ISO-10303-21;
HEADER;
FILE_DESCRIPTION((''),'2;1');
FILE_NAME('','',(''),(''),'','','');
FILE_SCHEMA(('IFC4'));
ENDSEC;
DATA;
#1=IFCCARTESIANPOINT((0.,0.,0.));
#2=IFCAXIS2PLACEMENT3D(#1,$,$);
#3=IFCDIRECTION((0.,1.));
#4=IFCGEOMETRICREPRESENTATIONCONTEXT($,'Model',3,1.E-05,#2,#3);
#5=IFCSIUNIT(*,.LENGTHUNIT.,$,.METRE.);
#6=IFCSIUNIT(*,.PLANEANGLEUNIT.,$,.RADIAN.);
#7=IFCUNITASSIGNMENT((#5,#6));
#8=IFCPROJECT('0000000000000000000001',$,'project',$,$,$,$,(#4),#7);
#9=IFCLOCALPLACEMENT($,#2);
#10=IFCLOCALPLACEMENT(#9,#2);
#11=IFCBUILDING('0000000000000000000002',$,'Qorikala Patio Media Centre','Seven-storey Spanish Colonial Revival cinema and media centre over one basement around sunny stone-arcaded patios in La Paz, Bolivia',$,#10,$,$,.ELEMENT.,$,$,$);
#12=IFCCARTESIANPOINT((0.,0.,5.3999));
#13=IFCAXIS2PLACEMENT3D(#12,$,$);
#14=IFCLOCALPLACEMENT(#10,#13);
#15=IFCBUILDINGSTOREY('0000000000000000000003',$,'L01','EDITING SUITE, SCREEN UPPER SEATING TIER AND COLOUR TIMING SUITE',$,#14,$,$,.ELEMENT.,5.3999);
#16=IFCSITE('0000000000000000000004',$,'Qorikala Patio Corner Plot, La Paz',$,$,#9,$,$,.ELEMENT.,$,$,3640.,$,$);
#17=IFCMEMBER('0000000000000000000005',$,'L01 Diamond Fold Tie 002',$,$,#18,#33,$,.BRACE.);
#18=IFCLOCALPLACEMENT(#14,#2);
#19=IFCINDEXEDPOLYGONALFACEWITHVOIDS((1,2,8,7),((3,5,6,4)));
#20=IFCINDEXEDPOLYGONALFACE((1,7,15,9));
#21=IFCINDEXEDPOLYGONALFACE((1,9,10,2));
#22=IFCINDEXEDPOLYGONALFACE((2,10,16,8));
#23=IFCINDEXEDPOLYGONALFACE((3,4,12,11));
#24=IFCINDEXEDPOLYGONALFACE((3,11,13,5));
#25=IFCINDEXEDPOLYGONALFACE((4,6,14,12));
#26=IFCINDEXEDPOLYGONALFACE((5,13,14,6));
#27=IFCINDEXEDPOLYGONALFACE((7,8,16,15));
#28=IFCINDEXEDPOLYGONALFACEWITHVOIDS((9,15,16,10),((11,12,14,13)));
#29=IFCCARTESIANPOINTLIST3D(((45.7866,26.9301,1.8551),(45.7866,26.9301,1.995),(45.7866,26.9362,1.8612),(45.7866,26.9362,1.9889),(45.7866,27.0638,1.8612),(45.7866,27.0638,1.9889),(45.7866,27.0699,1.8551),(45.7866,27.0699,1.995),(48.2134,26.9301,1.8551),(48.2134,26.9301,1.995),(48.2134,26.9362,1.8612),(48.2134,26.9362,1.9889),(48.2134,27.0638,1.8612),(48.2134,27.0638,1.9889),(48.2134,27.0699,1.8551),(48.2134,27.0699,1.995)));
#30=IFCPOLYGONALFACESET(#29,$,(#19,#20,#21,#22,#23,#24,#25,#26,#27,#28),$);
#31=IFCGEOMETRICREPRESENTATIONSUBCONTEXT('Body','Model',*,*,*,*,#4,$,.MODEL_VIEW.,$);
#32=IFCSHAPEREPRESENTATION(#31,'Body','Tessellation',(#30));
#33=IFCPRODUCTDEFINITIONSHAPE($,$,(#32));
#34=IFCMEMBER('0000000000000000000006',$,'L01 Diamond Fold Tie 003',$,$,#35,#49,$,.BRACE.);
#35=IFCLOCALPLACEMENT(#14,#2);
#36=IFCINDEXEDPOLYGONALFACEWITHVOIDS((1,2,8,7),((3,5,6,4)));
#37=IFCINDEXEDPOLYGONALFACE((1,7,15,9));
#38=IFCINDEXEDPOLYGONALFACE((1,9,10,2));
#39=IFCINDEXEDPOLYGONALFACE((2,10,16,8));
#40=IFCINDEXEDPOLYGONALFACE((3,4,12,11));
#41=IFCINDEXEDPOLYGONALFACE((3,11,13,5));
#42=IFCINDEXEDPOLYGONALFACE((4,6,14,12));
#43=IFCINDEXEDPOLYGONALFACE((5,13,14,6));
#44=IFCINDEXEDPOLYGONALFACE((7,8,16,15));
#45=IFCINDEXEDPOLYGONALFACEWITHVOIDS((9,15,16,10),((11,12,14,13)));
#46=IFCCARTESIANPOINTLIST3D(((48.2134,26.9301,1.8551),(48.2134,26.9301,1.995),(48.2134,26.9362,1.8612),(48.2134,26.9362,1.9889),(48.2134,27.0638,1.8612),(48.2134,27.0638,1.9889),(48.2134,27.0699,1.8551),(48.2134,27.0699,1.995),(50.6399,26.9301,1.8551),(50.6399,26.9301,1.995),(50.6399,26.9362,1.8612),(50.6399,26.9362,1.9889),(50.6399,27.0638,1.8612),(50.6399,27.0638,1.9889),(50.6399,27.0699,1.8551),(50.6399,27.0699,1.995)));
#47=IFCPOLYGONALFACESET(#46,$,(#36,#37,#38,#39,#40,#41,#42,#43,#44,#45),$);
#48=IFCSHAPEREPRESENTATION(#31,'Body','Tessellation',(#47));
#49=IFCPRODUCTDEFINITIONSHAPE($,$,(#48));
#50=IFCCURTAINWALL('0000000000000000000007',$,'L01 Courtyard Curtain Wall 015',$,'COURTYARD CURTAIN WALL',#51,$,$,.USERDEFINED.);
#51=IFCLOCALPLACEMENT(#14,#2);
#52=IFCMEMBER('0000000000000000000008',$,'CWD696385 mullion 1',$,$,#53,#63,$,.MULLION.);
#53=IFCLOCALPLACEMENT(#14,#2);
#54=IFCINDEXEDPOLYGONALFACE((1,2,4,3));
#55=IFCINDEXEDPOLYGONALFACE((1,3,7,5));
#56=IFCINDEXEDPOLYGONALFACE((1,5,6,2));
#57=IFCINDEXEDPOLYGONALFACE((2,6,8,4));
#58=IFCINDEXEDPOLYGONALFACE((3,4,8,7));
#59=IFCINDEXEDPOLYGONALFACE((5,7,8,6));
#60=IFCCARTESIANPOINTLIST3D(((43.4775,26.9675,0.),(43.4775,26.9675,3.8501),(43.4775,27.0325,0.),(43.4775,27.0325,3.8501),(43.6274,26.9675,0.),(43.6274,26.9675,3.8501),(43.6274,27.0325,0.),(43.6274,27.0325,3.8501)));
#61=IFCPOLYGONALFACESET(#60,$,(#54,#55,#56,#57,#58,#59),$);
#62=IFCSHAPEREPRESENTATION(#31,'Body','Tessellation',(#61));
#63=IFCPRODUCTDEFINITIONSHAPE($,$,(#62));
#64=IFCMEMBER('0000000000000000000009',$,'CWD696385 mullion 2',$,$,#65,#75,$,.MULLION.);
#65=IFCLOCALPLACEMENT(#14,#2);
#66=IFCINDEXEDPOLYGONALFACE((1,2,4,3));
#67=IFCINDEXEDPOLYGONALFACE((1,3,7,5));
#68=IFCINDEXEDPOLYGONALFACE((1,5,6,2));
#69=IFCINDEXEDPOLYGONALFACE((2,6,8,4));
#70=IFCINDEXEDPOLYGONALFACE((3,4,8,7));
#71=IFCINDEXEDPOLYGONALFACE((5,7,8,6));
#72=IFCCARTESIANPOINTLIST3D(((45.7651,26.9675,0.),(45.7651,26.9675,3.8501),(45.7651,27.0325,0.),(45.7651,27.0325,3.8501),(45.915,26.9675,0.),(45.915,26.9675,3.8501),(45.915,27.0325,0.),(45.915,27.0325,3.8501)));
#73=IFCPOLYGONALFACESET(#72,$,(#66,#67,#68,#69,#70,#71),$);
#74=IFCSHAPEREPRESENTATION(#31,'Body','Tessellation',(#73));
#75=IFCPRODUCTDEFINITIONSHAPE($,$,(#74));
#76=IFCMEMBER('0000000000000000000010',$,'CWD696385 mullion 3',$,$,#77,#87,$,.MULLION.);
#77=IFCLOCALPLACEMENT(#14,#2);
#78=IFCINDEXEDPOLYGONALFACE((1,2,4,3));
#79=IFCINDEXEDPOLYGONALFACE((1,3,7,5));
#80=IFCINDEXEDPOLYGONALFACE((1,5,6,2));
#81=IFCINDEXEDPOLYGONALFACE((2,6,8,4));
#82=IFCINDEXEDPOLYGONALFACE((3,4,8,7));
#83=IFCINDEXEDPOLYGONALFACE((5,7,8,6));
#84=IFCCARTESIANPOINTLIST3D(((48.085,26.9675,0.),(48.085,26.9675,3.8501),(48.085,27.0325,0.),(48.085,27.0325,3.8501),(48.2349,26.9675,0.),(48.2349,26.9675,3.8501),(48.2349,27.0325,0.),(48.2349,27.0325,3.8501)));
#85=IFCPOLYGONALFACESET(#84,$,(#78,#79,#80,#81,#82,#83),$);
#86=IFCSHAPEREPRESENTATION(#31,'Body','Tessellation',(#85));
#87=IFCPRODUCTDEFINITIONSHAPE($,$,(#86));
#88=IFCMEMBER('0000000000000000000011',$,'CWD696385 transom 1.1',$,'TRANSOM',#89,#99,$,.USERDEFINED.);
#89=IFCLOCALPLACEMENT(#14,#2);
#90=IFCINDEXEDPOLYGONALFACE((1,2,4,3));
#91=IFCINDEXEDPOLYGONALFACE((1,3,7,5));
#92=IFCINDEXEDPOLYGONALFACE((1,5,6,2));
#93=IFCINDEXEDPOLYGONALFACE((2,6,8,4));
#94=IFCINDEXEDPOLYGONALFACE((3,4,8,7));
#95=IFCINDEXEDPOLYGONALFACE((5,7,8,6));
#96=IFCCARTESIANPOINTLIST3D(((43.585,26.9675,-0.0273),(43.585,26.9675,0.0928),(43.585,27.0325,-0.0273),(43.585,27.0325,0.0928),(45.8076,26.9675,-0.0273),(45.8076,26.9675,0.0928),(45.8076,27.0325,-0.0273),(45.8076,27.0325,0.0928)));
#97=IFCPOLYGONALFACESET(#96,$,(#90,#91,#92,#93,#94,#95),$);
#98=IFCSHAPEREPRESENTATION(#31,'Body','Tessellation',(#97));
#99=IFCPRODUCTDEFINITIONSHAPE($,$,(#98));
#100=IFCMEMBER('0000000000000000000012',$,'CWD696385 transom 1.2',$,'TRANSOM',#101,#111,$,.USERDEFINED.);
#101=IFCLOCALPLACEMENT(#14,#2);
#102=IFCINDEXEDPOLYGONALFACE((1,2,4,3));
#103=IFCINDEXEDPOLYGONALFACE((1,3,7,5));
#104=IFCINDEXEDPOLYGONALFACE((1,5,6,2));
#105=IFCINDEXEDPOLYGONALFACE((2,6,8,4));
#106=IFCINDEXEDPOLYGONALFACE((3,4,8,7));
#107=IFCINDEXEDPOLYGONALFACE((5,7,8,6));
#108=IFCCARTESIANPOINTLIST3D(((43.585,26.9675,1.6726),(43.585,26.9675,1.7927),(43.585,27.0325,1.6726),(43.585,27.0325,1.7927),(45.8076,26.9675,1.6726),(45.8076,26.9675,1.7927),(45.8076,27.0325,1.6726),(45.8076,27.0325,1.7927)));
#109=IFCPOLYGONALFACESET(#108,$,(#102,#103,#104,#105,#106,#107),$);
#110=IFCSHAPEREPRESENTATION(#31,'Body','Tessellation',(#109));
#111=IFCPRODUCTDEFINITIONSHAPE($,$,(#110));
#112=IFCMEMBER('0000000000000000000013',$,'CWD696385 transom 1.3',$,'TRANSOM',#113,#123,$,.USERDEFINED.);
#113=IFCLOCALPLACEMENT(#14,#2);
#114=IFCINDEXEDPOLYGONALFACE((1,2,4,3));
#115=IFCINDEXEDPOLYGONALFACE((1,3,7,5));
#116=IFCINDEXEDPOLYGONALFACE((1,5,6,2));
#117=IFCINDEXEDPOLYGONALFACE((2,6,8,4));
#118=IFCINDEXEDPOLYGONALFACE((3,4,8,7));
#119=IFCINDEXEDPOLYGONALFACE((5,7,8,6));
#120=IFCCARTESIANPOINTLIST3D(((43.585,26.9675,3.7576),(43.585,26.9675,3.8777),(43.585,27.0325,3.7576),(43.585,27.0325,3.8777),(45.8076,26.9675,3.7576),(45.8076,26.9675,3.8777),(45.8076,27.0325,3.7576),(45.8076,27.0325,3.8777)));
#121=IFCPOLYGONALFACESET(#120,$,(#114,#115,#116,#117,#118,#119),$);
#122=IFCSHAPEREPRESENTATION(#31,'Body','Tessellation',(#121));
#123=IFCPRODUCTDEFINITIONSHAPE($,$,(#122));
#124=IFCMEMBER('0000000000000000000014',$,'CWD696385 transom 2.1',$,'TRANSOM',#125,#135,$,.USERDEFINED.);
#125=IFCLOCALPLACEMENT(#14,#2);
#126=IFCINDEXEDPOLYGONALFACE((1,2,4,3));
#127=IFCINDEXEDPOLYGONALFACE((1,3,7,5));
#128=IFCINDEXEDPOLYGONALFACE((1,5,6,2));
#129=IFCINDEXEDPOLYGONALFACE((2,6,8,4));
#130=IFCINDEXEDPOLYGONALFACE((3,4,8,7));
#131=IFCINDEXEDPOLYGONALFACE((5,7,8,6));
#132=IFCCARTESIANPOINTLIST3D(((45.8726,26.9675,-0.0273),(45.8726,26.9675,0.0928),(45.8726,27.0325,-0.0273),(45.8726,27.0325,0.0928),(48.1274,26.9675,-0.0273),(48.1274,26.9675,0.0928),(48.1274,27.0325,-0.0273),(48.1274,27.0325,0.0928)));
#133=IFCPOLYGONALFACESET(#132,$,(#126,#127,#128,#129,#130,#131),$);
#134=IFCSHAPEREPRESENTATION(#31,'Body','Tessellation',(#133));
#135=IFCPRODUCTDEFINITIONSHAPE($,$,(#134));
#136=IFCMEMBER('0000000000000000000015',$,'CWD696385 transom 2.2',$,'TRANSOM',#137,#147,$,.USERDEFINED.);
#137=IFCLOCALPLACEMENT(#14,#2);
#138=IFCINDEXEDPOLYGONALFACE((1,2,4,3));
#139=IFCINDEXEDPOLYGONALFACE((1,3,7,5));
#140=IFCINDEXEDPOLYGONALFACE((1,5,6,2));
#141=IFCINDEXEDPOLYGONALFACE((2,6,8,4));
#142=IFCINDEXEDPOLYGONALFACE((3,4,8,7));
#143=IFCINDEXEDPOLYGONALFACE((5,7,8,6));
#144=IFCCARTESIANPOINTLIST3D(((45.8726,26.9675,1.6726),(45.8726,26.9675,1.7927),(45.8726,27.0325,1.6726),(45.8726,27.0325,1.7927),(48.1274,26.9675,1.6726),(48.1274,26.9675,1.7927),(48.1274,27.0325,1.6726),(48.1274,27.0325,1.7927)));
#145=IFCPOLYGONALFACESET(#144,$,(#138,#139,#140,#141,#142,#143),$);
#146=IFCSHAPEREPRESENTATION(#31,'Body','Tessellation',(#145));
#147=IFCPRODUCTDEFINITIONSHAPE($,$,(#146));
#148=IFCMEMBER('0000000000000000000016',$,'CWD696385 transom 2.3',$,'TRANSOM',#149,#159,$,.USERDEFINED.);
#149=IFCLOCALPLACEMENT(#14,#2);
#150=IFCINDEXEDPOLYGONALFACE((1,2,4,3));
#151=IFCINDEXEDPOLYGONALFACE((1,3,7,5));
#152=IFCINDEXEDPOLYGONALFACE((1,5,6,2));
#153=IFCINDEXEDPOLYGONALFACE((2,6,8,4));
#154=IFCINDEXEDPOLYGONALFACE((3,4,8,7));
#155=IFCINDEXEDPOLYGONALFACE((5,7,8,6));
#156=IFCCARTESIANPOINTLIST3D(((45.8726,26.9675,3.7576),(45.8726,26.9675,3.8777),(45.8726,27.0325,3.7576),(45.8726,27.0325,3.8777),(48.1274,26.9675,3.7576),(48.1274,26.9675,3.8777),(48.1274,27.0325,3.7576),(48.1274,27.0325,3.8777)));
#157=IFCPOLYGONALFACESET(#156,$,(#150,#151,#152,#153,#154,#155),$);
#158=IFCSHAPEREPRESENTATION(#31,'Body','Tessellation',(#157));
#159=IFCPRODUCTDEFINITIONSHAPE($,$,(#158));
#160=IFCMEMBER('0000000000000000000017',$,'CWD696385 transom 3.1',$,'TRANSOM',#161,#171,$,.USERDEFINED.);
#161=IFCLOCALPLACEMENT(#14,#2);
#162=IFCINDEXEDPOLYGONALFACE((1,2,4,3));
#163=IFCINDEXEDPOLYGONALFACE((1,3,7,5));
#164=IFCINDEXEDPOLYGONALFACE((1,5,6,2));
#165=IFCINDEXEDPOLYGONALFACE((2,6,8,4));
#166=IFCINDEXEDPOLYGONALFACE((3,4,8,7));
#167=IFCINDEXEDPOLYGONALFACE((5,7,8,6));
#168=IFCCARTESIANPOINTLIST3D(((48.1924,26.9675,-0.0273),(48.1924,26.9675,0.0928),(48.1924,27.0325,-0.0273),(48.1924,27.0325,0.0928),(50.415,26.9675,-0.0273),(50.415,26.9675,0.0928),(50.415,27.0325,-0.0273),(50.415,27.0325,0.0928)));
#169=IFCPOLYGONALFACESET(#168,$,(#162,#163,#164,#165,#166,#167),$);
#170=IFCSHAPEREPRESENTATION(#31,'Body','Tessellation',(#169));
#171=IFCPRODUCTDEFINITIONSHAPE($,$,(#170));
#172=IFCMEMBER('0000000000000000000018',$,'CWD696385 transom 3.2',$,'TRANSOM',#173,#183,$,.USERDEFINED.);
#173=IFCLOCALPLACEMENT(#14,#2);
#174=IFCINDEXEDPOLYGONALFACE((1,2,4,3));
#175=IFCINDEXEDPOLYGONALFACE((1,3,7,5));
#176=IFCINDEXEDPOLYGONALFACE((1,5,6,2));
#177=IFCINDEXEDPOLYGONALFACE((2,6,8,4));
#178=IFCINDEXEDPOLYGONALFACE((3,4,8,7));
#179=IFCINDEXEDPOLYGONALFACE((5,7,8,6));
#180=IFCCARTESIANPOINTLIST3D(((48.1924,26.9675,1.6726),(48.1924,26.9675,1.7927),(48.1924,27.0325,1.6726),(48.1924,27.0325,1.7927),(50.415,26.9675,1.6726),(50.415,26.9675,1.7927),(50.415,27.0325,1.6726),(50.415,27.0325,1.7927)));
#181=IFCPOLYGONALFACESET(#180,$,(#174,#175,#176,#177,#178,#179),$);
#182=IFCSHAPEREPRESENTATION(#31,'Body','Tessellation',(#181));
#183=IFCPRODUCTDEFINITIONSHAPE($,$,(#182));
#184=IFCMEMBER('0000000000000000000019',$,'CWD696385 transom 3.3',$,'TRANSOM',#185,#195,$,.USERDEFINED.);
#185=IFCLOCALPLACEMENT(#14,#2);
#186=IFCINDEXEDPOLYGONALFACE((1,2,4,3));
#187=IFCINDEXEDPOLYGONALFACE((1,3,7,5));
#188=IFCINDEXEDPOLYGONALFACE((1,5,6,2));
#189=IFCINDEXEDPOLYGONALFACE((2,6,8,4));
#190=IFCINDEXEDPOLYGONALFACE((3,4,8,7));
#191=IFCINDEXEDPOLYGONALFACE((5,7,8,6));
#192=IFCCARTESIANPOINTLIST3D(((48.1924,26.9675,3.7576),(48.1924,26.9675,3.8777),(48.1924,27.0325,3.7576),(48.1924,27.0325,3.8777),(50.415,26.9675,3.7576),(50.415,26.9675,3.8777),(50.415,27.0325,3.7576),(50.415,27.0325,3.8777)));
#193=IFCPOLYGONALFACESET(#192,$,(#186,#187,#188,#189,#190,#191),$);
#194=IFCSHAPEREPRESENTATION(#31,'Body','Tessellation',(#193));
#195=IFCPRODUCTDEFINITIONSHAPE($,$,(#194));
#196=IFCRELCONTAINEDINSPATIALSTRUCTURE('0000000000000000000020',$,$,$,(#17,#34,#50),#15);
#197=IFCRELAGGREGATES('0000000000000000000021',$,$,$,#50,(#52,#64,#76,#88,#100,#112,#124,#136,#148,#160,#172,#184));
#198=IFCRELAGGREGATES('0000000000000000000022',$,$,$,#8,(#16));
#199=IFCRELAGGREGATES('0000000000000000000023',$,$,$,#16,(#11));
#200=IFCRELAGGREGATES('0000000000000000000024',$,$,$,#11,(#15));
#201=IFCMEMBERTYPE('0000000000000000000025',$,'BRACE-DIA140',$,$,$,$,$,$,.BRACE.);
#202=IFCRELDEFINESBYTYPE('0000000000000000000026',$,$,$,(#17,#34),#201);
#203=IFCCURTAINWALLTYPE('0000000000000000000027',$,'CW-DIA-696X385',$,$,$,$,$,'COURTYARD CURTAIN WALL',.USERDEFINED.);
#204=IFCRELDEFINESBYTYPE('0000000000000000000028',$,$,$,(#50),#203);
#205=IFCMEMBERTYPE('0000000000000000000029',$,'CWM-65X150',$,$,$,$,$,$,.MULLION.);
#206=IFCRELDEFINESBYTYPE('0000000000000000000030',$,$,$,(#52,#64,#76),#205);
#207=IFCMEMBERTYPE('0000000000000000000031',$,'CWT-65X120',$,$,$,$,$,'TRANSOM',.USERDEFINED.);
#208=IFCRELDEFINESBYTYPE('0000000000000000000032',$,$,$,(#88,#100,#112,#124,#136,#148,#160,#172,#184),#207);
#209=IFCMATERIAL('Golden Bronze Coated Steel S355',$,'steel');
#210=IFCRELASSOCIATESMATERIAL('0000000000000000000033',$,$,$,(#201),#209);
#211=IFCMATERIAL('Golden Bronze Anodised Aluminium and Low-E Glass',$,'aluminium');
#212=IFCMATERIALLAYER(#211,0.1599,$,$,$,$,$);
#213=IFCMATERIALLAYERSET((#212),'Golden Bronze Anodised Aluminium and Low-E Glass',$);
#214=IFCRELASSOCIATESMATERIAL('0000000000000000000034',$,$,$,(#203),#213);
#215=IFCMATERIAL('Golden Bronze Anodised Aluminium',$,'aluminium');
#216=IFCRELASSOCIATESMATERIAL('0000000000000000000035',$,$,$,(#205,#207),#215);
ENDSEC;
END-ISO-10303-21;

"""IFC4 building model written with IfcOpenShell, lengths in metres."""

from ifc_helpers import new_model, si_unit, direction, frame, origin, origin_2d, place, context, subcontext, project, spatial, rectangle, hollow_rectangle, extrude, material, layer, layer_set, material_profile, profile_set, type_object, element, aggregate, save


model = new_model("IFC4")

# Units and contexts
model_context = context("Model", 3, precision=1e-05, world=origin(), true_north=direction((0.0, 1.0)))
body_context = subcontext(model_context, "Body", "Model", "MODEL_VIEW")
ifc_project = project(units=[si_unit("LENGTHUNIT", "METRE"), si_unit("PLANEANGLEUNIT", "RADIAN")], contexts=[model_context])

# Site, building, storey
site_placement = place(None, origin())
site = spatial("IfcSite", under=ifc_project, at=site_placement, Name="Qorikala Patio Corner Plot, La Paz", CompositionType="ELEMENT", RefElevation=3640.0)
building_placement = place(site_placement, origin())
building = spatial("IfcBuilding", under=site, at=building_placement, Name="Qorikala Patio Media Centre", Description="Seven-storey Spanish Colonial Revival cinema and media centre over one basement around sunny stone-arcaded patios in La Paz, Bolivia", CompositionType="ELEMENT")
storey_placement = place(building_placement, frame((0.0, 0.0, 5.3999)))
storey = spatial("IfcBuildingStorey", under=building, at=storey_placement, Name="L01", Description="EDITING SUITE, SCREEN UPPER SEATING TIER AND COLOUR TIMING SUITE", CompositionType="ELEMENT", Elevation=5.3999)

# Members
ifc_material_1 = material(Name="Golden Bronze Coated Steel S355", Category="steel")
ifc_material_profile_1 = material_profile(ifc_material_1, hollow_rectangle(XDim=0.1399, YDim=0.1399, WallThickness=0.0061, at=origin_2d()), Name="HSS140X140X6")
ifc_profile_set_1 = profile_set([ifc_material_profile_1], Name="Golden Bronze Coated Steel S355")
member_type_1 = type_object("IfcMemberType", Name="BRACE-DIA140", PredefinedType="BRACE", material=ifc_profile_set_1)
member_1_placement = place(storey_placement, frame((45.7866, 27.0, 1.925), z_axis=(1.0, 0.0, 0.0), x_axis=(0.0, 1.0, 0.0)))
element("IfcMember", 1, at=member_1_placement, inside=storey, type_object=member_type_1, Name="L01 Diamond Fold Tie 002", PredefinedType="BRACE", context=body_context, shape_type="SweptSolid", body=[
    extrude(hollow_rectangle(XDim=0.1399, YDim=0.1399, WallThickness=0.0061, at=origin_2d()), origin(), (0.0, 0.0, 1.0), 2.4268),
])
member_2_placement = place(storey_placement, frame((48.2134, 27.0, 1.925), z_axis=(1.0, 0.0, 0.0), x_axis=(0.0, 1.0, 0.0)))
element("IfcMember", 2, at=member_2_placement, inside=storey, type_object=member_type_1, Name="L01 Diamond Fold Tie 003", PredefinedType="BRACE", context=body_context, shape_type="SweptSolid", body=[
    extrude(hollow_rectangle(XDim=0.1399, YDim=0.1399, WallThickness=0.0061, at=origin_2d()), origin(), (0.0, 0.0, 1.0), 2.4265),
])

# Curtain wall, members
ifc_material_2 = material(Name="Golden Bronze Anodised Aluminium and Low-E Glass", Category="aluminium")
ifc_layer_1 = layer(ifc_material_2, 0.1599)
ifc_layer_set_1 = layer_set([ifc_layer_1], Name="Golden Bronze Anodised Aluminium and Low-E Glass")
curtain_wall_type = type_object("IfcCurtainWallType", Name="CW-DIA-696X385", ElementType="COURTYARD CURTAIN WALL", PredefinedType="USERDEFINED", material=ifc_layer_set_1)
curtain_wall_placement = place(storey_placement, origin())
curtain_wall = element("IfcCurtainWall", 3, at=curtain_wall_placement, inside=storey, type_object=curtain_wall_type, Name="L01 Courtyard Curtain Wall 015", ObjectType="COURTYARD CURTAIN WALL", PredefinedType="USERDEFINED")
ifc_material_3 = material(Name="Golden Bronze Anodised Aluminium", Category="aluminium")
ifc_material_profile_2 = material_profile(ifc_material_3, rectangle(XDim=0.0649, YDim=0.1499, at=origin_2d()), Name="ALU MULLION 65x150")
ifc_profile_set_2 = profile_set([ifc_material_profile_2], Name="Golden Bronze Anodised Aluminium")
member_type_2 = type_object("IfcMemberType", Name="CWM-65X150", PredefinedType="MULLION", material=ifc_profile_set_2)
member_3_placement = place(storey_placement, frame((43.5525, 27.0, 0.0), z_axis=(0.0, 0.0, 1.0), x_axis=(0.0, 1.0, 0.0)))
member_3 = element("IfcMember", 4, at=member_3_placement, type_object=member_type_2, Name="CWD696385 mullion 1", PredefinedType="MULLION", context=body_context, shape_type="SweptSolid", body=[
    extrude(rectangle(XDim=0.0649, YDim=0.1499, at=origin_2d()), origin(), (0.0, 0.0, 1.0), 3.8501),
])
member_4_placement = place(storey_placement, frame((45.8401, 27.0, 0.0), z_axis=(0.0, 0.0, 1.0), x_axis=(0.0, 1.0, 0.0)))
member_4 = element("IfcMember", 5, at=member_4_placement, type_object=member_type_2, Name="CWD696385 mullion 2", PredefinedType="MULLION", context=body_context, shape_type="SweptSolid", body=[
    extrude(rectangle(XDim=0.0649, YDim=0.1499, at=origin_2d()), origin(), (0.0, 0.0, 1.0), 3.8501),
])
member_5_placement = place(storey_placement, frame((48.1599, 27.0, 0.0), z_axis=(0.0, 0.0, 1.0), x_axis=(0.0, 1.0, 0.0)))
member_5 = element("IfcMember", 6, at=member_5_placement, type_object=member_type_2, Name="CWD696385 mullion 3", PredefinedType="MULLION", context=body_context, shape_type="SweptSolid", body=[
    extrude(rectangle(XDim=0.0649, YDim=0.1499, at=origin_2d()), origin(), (0.0, 0.0, 1.0), 3.8501),
])
ifc_material_profile_3 = material_profile(ifc_material_3, rectangle(XDim=0.0649, YDim=0.1201, at=origin_2d()), Name="ALU TRANSOM 65x120")
ifc_profile_set_3 = profile_set([ifc_material_profile_3], Name="Golden Bronze Anodised Aluminium")
member_type_3 = type_object("IfcMemberType", Name="CWT-65X120", ElementType="TRANSOM", PredefinedType="USERDEFINED", material=ifc_profile_set_3)
member_6_placement = place(storey_placement, frame((43.585, 27.0, 0.0327), z_axis=(1.0, 0.0, 0.0), x_axis=(0.0, 1.0, 0.0)))
member_6 = element("IfcMember", 7, at=member_6_placement, type_object=member_type_3, Name="CWD696385 transom 1.1", ObjectType="TRANSOM", PredefinedType="USERDEFINED", context=body_context, shape_type="SweptSolid", body=[
    extrude(rectangle(XDim=0.0649, YDim=0.1201, at=origin_2d()), origin(), (0.0, 0.0, 1.0), 2.2227),
])
member_7_placement = place(storey_placement, frame((43.585, 27.0, 1.7327), z_axis=(1.0, 0.0, 0.0), x_axis=(0.0, 1.0, 0.0)))
member_7 = element("IfcMember", 8, at=member_7_placement, type_object=member_type_3, Name="CWD696385 transom 1.2", ObjectType="TRANSOM", PredefinedType="USERDEFINED", context=body_context, shape_type="SweptSolid", body=[
    extrude(rectangle(XDim=0.0649, YDim=0.1201, at=origin_2d()), origin(), (0.0, 0.0, 1.0), 2.2227),
])
member_8_placement = place(storey_placement, frame((43.585, 27.0, 3.8176), z_axis=(1.0, 0.0, 0.0), x_axis=(0.0, 1.0, 0.0)))
member_8 = element("IfcMember", 9, at=member_8_placement, type_object=member_type_3, Name="CWD696385 transom 1.3", ObjectType="TRANSOM", PredefinedType="USERDEFINED", context=body_context, shape_type="SweptSolid", body=[
    extrude(rectangle(XDim=0.0649, YDim=0.1201, at=origin_2d()), origin(), (0.0, 0.0, 1.0), 2.2227),
])
member_9_placement = place(storey_placement, frame((45.8726, 27.0, 0.0327), z_axis=(1.0, 0.0, 0.0), x_axis=(0.0, 1.0, 0.0)))
member_9 = element("IfcMember", 10, at=member_9_placement, type_object=member_type_3, Name="CWD696385 transom 2.1", ObjectType="TRANSOM", PredefinedType="USERDEFINED", context=body_context, shape_type="SweptSolid", body=[
    extrude(rectangle(XDim=0.0649, YDim=0.1201, at=origin_2d()), origin(), (0.0, 0.0, 1.0), 2.2549),
])
member_10_placement = place(storey_placement, frame((45.8726, 27.0, 1.7327), z_axis=(1.0, 0.0, 0.0), x_axis=(0.0, 1.0, 0.0)))
member_10 = element("IfcMember", 11, at=member_10_placement, type_object=member_type_3, Name="CWD696385 transom 2.2", ObjectType="TRANSOM", PredefinedType="USERDEFINED", context=body_context, shape_type="SweptSolid", body=[
    extrude(rectangle(XDim=0.0649, YDim=0.1201, at=origin_2d()), origin(), (0.0, 0.0, 1.0), 2.2549),
])
member_11_placement = place(storey_placement, frame((45.8726, 27.0, 3.8176), z_axis=(1.0, 0.0, 0.0), x_axis=(0.0, 1.0, 0.0)))
member_11 = element("IfcMember", 12, at=member_11_placement, type_object=member_type_3, Name="CWD696385 transom 2.3", ObjectType="TRANSOM", PredefinedType="USERDEFINED", context=body_context, shape_type="SweptSolid", body=[
    extrude(rectangle(XDim=0.0649, YDim=0.1201, at=origin_2d()), origin(), (0.0, 0.0, 1.0), 2.2549),
])
member_12_placement = place(storey_placement, frame((48.1924, 27.0, 0.0327), z_axis=(1.0, 0.0, 0.0), x_axis=(0.0, 1.0, 0.0)))
member_12 = element("IfcMember", 13, at=member_12_placement, type_object=member_type_3, Name="CWD696385 transom 3.1", ObjectType="TRANSOM", PredefinedType="USERDEFINED", context=body_context, shape_type="SweptSolid", body=[
    extrude(rectangle(XDim=0.0649, YDim=0.1201, at=origin_2d()), origin(), (0.0, 0.0, 1.0), 2.2227),
])
member_13_placement = place(storey_placement, frame((48.1924, 27.0, 1.7327), z_axis=(1.0, 0.0, 0.0), x_axis=(0.0, 1.0, 0.0)))
member_13 = element("IfcMember", 14, at=member_13_placement, type_object=member_type_3, Name="CWD696385 transom 3.2", ObjectType="TRANSOM", PredefinedType="USERDEFINED", context=body_context, shape_type="SweptSolid", body=[
    extrude(rectangle(XDim=0.0649, YDim=0.1201, at=origin_2d()), origin(), (0.0, 0.0, 1.0), 2.2227),
])
member_14_placement = place(storey_placement, frame((48.1924, 27.0, 3.8176), z_axis=(1.0, 0.0, 0.0), x_axis=(0.0, 1.0, 0.0)))
member_14 = element("IfcMember", 15, at=member_14_placement, type_object=member_type_3, Name="CWD696385 transom 3.3", ObjectType="TRANSOM", PredefinedType="USERDEFINED", context=body_context, shape_type="SweptSolid", body=[
    extrude(rectangle(XDim=0.0649, YDim=0.1201, at=origin_2d()), origin(), (0.0, 0.0, 1.0), 2.2227),
])

aggregate(curtain_wall, [member_3, member_4, member_5, member_6, member_7, member_8, member_9, member_10, member_11, member_12, member_13, member_14])

save(model, "model.ifc")
